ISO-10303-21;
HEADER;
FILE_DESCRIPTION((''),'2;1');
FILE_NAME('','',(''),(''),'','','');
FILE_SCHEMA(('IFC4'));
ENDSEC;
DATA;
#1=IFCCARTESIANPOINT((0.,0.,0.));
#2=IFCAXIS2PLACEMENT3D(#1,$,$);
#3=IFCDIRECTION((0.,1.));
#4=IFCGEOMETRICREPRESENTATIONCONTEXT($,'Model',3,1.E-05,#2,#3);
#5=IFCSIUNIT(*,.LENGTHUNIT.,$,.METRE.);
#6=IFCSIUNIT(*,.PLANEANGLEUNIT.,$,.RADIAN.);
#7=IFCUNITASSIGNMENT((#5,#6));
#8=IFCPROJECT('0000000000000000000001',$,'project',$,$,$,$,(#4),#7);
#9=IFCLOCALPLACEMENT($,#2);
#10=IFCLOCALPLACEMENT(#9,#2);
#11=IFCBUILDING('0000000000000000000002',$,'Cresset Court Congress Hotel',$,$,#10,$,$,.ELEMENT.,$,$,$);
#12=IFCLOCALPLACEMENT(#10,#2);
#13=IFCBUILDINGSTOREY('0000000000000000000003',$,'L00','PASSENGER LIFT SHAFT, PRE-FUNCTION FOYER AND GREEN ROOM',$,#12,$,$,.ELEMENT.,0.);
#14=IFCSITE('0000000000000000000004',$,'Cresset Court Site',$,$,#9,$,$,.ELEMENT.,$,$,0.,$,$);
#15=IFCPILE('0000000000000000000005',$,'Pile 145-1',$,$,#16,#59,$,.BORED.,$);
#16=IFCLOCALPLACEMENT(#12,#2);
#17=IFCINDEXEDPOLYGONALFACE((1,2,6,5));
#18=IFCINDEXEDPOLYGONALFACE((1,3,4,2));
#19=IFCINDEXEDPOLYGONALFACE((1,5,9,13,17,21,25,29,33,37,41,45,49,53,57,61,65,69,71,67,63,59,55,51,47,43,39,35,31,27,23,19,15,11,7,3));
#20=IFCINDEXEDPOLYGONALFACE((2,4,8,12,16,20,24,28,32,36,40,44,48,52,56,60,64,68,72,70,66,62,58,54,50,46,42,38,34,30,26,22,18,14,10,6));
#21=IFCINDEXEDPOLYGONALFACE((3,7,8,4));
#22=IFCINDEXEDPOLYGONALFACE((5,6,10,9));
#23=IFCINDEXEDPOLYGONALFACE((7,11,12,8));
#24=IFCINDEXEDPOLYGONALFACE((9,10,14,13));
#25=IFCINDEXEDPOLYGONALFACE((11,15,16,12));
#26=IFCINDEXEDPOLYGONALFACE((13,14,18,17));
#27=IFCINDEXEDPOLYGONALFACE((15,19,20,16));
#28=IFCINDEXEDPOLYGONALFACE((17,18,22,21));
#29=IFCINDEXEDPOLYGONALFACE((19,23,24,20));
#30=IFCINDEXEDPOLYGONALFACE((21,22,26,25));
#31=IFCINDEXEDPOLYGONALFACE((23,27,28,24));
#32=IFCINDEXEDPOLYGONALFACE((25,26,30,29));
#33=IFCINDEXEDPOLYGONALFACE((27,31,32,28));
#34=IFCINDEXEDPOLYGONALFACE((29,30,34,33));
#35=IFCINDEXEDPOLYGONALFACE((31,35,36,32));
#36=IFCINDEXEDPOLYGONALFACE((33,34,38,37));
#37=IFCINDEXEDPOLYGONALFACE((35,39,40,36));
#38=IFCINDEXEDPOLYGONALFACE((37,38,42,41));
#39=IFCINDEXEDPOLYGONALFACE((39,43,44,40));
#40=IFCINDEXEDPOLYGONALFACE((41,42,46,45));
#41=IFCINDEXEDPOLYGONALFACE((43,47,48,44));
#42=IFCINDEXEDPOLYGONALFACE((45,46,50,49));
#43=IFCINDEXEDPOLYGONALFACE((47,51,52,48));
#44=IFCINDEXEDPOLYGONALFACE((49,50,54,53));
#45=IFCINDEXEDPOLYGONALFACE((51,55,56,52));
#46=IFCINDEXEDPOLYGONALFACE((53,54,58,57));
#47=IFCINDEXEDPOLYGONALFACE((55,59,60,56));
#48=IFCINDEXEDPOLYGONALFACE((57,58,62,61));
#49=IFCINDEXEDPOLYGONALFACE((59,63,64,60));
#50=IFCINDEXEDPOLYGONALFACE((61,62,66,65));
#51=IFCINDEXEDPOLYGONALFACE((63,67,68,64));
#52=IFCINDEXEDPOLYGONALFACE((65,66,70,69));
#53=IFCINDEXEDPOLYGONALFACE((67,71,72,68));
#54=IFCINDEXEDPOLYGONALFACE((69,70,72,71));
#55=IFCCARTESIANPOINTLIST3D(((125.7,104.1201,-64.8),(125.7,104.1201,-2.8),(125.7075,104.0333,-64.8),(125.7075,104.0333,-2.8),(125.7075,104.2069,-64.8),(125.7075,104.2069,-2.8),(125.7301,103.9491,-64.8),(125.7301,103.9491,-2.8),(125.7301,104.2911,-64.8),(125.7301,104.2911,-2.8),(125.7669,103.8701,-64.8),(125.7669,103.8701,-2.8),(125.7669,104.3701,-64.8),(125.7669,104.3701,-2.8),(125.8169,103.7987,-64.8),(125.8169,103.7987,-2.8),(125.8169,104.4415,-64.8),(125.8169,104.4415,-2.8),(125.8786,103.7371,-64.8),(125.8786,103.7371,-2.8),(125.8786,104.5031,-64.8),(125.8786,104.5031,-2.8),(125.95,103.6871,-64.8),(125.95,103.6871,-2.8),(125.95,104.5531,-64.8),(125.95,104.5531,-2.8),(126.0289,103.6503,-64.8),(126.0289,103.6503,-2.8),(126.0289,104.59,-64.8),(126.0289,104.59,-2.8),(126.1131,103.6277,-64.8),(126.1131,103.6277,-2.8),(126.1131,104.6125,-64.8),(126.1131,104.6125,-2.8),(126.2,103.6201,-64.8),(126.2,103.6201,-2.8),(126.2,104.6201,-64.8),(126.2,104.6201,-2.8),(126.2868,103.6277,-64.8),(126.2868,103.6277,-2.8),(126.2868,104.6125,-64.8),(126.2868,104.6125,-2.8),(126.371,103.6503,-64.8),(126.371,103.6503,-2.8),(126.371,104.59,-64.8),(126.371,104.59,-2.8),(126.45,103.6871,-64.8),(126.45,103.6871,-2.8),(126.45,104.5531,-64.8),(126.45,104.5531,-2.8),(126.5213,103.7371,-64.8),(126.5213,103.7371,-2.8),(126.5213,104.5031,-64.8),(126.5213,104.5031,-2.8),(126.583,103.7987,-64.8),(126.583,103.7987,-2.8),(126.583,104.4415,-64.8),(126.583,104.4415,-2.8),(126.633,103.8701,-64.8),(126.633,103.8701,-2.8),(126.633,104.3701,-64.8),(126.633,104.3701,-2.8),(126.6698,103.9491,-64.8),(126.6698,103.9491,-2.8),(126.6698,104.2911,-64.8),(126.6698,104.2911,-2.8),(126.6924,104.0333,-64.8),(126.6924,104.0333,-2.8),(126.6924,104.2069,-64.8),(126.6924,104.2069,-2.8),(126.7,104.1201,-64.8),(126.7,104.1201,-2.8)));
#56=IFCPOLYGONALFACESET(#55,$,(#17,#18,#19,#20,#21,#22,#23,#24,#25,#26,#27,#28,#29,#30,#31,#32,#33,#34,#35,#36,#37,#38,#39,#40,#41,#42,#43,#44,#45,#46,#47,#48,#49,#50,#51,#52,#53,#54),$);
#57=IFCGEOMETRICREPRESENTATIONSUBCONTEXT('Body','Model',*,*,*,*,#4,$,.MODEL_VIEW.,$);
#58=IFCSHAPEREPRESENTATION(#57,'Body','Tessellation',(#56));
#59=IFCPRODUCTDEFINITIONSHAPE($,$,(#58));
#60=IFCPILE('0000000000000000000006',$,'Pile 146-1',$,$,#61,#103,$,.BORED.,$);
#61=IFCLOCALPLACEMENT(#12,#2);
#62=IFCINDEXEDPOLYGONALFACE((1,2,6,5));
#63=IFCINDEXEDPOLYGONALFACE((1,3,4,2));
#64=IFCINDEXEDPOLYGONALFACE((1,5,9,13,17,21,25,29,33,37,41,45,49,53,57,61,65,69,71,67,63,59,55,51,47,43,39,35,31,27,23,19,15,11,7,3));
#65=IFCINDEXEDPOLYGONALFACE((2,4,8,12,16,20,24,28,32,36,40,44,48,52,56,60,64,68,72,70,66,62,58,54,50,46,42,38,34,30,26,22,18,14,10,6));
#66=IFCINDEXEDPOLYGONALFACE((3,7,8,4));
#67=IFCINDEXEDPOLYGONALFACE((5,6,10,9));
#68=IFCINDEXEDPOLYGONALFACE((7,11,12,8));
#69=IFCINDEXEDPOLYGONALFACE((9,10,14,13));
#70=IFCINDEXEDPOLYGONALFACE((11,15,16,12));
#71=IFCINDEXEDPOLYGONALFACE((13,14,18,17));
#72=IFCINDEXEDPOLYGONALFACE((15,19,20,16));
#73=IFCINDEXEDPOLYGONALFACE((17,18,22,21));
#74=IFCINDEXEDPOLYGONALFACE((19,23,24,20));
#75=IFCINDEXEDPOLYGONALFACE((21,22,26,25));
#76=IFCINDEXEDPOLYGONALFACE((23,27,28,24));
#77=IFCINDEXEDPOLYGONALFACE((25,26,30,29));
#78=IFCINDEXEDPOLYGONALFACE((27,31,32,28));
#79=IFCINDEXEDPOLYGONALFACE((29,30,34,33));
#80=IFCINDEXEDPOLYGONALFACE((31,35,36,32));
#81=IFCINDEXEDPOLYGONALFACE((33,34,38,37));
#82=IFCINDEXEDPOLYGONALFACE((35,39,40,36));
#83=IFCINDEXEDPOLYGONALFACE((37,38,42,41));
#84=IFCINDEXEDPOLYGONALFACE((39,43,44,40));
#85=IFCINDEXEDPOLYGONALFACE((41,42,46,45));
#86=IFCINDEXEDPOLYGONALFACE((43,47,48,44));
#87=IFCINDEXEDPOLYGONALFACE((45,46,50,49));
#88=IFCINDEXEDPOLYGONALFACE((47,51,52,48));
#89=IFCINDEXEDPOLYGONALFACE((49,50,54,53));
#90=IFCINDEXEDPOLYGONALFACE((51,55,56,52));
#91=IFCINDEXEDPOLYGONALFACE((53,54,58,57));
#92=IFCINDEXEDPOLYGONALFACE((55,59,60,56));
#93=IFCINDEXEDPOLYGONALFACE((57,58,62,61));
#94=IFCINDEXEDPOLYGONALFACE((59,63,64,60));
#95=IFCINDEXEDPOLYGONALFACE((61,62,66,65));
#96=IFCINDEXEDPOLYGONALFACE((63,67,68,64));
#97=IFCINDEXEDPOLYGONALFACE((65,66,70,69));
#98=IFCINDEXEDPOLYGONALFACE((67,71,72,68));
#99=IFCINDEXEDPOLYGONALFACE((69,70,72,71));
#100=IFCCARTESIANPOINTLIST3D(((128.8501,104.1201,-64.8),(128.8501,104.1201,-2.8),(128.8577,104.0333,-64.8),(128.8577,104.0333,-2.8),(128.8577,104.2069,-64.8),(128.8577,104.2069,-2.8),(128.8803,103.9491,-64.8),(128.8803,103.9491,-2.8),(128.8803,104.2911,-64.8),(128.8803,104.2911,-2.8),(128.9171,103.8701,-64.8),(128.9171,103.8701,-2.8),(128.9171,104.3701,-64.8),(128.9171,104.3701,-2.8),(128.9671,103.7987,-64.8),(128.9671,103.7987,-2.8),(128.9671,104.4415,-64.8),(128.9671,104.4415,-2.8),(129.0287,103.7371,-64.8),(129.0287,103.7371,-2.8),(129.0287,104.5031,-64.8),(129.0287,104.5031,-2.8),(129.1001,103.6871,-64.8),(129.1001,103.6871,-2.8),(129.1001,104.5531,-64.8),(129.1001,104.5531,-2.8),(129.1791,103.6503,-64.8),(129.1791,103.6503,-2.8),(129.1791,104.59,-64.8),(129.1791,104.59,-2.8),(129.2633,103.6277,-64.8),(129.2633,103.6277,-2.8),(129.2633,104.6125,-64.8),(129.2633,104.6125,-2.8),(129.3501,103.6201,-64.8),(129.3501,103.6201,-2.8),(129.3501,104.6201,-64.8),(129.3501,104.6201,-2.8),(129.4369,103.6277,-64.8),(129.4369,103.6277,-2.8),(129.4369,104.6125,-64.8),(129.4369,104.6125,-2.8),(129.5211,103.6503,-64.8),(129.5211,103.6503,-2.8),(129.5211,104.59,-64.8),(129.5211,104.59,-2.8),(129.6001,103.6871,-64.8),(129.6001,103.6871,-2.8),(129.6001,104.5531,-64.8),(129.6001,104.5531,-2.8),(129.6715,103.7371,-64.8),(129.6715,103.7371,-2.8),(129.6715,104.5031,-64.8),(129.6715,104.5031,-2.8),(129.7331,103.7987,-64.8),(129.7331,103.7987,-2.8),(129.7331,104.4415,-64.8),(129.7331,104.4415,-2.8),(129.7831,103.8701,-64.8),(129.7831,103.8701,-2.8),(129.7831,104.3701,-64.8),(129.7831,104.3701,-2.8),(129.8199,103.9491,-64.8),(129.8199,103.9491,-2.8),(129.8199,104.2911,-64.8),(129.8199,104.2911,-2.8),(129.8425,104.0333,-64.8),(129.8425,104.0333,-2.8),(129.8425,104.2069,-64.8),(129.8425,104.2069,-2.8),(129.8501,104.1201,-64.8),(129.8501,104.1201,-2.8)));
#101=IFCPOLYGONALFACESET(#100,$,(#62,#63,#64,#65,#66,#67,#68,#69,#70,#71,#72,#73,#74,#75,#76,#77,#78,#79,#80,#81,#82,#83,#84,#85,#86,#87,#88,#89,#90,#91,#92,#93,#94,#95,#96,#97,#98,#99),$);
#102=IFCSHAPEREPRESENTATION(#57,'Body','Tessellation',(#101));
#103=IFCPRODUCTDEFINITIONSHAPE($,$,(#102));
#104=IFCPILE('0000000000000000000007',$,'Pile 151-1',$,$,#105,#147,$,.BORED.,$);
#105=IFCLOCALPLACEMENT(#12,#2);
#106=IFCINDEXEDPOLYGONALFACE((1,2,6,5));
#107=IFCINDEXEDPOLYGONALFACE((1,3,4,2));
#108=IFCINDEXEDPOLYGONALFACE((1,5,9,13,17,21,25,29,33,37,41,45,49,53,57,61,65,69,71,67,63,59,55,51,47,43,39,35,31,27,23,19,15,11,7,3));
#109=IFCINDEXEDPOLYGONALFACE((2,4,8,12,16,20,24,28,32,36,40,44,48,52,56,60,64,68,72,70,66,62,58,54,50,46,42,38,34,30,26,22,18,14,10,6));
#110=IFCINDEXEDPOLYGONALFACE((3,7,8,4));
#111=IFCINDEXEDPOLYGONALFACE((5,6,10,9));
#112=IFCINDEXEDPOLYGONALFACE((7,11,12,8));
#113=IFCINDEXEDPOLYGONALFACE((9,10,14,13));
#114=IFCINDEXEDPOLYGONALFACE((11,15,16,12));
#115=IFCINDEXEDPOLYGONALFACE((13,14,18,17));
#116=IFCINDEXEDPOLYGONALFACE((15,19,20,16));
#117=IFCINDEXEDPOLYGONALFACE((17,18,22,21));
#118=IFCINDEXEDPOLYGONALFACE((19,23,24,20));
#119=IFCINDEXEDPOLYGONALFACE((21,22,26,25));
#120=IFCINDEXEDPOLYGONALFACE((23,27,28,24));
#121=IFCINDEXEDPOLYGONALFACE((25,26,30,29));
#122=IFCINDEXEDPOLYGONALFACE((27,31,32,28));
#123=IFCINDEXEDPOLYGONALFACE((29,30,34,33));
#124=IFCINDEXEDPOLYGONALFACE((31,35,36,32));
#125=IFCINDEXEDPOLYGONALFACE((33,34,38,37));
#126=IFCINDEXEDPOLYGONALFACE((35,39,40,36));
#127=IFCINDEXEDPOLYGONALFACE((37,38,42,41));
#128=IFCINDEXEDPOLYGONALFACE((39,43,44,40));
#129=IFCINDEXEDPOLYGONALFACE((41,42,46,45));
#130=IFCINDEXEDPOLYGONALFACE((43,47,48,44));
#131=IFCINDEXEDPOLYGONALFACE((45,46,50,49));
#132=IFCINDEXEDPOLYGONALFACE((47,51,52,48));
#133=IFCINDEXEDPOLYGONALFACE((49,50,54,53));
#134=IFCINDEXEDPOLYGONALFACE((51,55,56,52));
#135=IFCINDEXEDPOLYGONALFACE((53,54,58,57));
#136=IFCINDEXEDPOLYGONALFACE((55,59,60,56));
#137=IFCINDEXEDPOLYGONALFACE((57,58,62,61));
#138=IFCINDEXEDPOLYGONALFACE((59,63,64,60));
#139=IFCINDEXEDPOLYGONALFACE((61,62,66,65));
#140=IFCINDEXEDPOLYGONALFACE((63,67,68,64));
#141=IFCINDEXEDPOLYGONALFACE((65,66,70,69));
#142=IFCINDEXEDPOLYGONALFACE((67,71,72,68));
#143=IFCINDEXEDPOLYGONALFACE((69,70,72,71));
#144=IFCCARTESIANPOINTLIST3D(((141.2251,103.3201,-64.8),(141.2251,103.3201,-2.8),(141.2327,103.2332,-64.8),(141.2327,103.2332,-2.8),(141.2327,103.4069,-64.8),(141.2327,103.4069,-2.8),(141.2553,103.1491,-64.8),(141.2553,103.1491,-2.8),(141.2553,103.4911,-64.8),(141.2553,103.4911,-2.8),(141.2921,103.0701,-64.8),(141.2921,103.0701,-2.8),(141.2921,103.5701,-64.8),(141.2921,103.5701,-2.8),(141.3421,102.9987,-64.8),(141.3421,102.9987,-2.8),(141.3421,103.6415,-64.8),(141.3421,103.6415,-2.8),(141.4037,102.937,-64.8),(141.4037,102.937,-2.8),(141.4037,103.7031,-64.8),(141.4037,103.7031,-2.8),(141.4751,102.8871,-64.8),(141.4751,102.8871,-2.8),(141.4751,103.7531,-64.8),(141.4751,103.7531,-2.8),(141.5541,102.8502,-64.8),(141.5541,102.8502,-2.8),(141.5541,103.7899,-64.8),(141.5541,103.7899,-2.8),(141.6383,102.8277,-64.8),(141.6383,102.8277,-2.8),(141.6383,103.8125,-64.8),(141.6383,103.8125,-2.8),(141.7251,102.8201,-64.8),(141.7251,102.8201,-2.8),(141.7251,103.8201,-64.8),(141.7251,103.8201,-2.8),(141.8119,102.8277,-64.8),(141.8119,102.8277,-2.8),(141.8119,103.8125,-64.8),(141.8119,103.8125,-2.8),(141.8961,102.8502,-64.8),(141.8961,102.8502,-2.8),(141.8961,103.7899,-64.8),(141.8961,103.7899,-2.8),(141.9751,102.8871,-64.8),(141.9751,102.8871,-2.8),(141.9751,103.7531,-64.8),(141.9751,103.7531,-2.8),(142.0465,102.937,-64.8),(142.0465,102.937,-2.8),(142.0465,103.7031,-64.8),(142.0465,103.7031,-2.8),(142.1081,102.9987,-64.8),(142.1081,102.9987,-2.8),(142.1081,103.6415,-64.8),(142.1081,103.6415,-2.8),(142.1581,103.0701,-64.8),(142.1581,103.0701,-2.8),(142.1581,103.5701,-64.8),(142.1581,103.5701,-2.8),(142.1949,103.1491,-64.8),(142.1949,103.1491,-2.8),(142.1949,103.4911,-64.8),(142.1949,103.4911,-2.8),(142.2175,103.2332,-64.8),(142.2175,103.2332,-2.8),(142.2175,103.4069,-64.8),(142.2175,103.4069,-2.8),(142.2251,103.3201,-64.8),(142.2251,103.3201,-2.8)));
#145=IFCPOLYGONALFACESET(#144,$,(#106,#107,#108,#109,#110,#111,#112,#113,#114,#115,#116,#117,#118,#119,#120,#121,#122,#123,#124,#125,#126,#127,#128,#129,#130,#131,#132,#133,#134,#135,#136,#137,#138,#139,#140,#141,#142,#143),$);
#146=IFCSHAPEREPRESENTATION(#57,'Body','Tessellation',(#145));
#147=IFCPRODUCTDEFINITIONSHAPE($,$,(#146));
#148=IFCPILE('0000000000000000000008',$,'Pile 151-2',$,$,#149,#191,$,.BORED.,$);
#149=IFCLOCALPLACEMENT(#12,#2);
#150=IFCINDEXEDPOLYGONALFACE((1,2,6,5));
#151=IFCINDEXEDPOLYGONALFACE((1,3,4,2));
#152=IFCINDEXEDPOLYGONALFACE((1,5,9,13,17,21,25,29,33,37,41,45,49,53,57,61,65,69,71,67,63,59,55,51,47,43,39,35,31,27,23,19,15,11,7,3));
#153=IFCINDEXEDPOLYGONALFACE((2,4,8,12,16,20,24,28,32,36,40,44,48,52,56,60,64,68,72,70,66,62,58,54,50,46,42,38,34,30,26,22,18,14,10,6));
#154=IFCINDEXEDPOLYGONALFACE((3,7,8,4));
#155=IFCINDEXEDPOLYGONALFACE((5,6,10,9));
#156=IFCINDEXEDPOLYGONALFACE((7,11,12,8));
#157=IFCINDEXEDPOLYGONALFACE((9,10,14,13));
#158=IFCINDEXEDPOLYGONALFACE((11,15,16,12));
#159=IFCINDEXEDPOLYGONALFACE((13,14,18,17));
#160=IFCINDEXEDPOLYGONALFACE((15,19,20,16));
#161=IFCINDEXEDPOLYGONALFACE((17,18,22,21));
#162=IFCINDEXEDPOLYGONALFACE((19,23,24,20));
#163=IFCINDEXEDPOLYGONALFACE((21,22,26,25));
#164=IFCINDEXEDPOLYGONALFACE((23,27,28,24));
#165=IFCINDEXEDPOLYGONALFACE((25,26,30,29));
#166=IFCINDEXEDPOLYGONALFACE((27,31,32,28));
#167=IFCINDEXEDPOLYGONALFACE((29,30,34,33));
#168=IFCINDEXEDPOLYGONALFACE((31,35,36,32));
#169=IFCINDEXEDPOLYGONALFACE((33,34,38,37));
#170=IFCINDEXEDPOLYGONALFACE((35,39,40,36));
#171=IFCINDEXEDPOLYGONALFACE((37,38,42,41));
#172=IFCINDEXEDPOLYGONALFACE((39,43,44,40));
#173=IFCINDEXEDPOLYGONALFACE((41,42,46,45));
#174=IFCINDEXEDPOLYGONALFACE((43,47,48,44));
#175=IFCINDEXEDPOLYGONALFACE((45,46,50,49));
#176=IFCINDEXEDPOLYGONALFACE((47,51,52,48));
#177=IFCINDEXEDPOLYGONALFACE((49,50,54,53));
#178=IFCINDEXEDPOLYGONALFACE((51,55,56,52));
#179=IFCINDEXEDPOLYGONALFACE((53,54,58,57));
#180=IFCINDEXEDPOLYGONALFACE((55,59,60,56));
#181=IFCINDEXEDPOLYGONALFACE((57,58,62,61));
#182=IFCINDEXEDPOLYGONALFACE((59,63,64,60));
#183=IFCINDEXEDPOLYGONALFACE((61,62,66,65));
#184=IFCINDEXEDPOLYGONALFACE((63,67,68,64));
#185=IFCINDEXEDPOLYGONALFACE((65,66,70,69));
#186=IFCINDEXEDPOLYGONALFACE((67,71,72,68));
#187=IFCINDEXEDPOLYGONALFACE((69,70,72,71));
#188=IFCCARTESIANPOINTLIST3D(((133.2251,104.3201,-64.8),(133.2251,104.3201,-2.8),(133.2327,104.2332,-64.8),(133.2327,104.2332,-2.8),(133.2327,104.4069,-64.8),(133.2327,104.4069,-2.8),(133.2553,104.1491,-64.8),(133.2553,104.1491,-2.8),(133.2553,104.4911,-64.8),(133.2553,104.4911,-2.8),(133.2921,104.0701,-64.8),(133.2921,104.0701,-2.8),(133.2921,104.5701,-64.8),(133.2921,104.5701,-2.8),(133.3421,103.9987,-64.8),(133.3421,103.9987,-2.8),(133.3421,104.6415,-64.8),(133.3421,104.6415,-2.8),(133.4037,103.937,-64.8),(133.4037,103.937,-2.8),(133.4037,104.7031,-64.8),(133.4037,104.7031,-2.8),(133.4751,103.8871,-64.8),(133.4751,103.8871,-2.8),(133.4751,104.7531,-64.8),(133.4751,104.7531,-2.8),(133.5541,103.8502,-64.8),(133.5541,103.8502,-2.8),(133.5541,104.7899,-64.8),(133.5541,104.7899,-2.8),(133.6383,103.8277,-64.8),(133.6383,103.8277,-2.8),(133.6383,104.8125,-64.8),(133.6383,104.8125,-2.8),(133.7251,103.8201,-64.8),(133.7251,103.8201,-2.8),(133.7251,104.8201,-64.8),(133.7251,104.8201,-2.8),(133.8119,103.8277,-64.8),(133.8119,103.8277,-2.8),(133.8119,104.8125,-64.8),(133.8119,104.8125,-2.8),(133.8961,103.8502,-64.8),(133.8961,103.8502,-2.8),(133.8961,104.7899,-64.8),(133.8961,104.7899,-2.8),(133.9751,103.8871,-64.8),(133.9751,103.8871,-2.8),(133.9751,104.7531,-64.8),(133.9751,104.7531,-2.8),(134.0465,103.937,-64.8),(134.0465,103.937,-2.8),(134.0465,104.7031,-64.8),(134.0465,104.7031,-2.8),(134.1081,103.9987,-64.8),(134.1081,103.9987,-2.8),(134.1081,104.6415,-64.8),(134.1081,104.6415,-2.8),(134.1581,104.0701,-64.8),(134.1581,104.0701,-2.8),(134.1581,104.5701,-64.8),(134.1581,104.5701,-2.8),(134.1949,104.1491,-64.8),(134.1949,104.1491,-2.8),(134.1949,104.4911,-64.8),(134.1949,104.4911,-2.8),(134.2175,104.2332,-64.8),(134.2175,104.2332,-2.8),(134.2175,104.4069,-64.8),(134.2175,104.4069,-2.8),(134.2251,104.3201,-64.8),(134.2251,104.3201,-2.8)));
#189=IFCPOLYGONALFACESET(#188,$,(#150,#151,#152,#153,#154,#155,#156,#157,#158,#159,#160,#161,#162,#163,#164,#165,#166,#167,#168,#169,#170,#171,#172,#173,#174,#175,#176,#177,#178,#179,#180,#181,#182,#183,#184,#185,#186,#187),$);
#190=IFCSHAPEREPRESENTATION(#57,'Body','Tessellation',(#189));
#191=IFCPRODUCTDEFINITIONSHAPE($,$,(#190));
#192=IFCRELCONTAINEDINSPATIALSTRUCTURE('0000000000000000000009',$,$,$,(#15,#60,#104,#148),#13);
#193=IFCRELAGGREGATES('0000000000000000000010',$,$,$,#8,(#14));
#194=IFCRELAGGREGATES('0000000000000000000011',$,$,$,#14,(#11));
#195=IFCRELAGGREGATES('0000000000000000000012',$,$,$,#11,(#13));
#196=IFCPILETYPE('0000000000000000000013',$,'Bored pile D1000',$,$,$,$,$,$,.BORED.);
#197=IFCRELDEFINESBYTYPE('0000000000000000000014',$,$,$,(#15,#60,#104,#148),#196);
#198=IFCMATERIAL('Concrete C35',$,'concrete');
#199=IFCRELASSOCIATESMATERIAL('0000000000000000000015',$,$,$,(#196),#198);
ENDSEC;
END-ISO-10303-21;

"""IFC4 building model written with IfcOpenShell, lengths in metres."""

from ifc_helpers import new_model, si_unit, direction, frame, origin, origin_2d, place, context, subcontext, project, spatial, circle, extrude, material, type_object, element, save


model = new_model("IFC4")

# Units and contexts
model_context = context("Model", 3, precision=1e-05, world=origin(), true_north=direction((0.0, 1.0)))
body_context = subcontext(model_context, "Body", "Model", "MODEL_VIEW")
ifc_project = project(units=[si_unit("LENGTHUNIT", "METRE"), si_unit("PLANEANGLEUNIT", "RADIAN")], contexts=[model_context])

# Site, building, storey
site_placement = place(None, origin())
site = spatial("IfcSite", under=ifc_project, at=site_placement, Name="Cresset Court Site", CompositionType="ELEMENT", RefElevation=0.0)
building_placement = place(site_placement, origin())
building = spatial("IfcBuilding", under=site, at=building_placement, Name="Cresset Court Congress Hotel", CompositionType="ELEMENT")
storey_placement = place(building_placement, origin())
storey = spatial("IfcBuildingStorey", under=building, at=storey_placement, Name="L00", Description="PASSENGER LIFT SHAFT, PRE-FUNCTION FOYER AND GREEN ROOM", CompositionType="ELEMENT", Elevation=0.0)

# Piles
ifc_material_1 = material(Name="Concrete C35", Category="concrete")
pile_type_1 = type_object("IfcPileType", Name="Bored pile D1000", PredefinedType="BORED", material=ifc_material_1)
for number, where, z_axis, x_axis, name in (
    (1, (126.2, 104.1201, -2.8), (0.0, 0.0, -1.0), (1.0, 0.0, 0.0), "Pile 145-1"),
    (2, (129.3501, 104.1201, -2.8), (0.0, 0.0, -1.0), (1.0, 0.0, 0.0), "Pile 146-1"),
    (3, (141.7251, 103.3201, -2.8), (0.0, 0.0, -1.0), (1.0, 0.0, 0.0), "Pile 151-1"),
    (4, (133.7251, 104.3201, -2.8), (0.0, 0.0, -1.0), (1.0, 0.0, 0.0), "Pile 151-2"),
):
    element("IfcPile", number, at=place(storey_placement, frame(where, z_axis=z_axis, x_axis=x_axis)), inside=storey, type_object=pile_type_1, Name=name, PredefinedType="BORED", context=body_context, shape_type="SweptSolid", body=[
        extrude(circle(Radius=0.5, at=origin_2d()), origin(), (0.0, 0.0, 1.0), 62.0),
    ])

save(model, "model.ifc")
